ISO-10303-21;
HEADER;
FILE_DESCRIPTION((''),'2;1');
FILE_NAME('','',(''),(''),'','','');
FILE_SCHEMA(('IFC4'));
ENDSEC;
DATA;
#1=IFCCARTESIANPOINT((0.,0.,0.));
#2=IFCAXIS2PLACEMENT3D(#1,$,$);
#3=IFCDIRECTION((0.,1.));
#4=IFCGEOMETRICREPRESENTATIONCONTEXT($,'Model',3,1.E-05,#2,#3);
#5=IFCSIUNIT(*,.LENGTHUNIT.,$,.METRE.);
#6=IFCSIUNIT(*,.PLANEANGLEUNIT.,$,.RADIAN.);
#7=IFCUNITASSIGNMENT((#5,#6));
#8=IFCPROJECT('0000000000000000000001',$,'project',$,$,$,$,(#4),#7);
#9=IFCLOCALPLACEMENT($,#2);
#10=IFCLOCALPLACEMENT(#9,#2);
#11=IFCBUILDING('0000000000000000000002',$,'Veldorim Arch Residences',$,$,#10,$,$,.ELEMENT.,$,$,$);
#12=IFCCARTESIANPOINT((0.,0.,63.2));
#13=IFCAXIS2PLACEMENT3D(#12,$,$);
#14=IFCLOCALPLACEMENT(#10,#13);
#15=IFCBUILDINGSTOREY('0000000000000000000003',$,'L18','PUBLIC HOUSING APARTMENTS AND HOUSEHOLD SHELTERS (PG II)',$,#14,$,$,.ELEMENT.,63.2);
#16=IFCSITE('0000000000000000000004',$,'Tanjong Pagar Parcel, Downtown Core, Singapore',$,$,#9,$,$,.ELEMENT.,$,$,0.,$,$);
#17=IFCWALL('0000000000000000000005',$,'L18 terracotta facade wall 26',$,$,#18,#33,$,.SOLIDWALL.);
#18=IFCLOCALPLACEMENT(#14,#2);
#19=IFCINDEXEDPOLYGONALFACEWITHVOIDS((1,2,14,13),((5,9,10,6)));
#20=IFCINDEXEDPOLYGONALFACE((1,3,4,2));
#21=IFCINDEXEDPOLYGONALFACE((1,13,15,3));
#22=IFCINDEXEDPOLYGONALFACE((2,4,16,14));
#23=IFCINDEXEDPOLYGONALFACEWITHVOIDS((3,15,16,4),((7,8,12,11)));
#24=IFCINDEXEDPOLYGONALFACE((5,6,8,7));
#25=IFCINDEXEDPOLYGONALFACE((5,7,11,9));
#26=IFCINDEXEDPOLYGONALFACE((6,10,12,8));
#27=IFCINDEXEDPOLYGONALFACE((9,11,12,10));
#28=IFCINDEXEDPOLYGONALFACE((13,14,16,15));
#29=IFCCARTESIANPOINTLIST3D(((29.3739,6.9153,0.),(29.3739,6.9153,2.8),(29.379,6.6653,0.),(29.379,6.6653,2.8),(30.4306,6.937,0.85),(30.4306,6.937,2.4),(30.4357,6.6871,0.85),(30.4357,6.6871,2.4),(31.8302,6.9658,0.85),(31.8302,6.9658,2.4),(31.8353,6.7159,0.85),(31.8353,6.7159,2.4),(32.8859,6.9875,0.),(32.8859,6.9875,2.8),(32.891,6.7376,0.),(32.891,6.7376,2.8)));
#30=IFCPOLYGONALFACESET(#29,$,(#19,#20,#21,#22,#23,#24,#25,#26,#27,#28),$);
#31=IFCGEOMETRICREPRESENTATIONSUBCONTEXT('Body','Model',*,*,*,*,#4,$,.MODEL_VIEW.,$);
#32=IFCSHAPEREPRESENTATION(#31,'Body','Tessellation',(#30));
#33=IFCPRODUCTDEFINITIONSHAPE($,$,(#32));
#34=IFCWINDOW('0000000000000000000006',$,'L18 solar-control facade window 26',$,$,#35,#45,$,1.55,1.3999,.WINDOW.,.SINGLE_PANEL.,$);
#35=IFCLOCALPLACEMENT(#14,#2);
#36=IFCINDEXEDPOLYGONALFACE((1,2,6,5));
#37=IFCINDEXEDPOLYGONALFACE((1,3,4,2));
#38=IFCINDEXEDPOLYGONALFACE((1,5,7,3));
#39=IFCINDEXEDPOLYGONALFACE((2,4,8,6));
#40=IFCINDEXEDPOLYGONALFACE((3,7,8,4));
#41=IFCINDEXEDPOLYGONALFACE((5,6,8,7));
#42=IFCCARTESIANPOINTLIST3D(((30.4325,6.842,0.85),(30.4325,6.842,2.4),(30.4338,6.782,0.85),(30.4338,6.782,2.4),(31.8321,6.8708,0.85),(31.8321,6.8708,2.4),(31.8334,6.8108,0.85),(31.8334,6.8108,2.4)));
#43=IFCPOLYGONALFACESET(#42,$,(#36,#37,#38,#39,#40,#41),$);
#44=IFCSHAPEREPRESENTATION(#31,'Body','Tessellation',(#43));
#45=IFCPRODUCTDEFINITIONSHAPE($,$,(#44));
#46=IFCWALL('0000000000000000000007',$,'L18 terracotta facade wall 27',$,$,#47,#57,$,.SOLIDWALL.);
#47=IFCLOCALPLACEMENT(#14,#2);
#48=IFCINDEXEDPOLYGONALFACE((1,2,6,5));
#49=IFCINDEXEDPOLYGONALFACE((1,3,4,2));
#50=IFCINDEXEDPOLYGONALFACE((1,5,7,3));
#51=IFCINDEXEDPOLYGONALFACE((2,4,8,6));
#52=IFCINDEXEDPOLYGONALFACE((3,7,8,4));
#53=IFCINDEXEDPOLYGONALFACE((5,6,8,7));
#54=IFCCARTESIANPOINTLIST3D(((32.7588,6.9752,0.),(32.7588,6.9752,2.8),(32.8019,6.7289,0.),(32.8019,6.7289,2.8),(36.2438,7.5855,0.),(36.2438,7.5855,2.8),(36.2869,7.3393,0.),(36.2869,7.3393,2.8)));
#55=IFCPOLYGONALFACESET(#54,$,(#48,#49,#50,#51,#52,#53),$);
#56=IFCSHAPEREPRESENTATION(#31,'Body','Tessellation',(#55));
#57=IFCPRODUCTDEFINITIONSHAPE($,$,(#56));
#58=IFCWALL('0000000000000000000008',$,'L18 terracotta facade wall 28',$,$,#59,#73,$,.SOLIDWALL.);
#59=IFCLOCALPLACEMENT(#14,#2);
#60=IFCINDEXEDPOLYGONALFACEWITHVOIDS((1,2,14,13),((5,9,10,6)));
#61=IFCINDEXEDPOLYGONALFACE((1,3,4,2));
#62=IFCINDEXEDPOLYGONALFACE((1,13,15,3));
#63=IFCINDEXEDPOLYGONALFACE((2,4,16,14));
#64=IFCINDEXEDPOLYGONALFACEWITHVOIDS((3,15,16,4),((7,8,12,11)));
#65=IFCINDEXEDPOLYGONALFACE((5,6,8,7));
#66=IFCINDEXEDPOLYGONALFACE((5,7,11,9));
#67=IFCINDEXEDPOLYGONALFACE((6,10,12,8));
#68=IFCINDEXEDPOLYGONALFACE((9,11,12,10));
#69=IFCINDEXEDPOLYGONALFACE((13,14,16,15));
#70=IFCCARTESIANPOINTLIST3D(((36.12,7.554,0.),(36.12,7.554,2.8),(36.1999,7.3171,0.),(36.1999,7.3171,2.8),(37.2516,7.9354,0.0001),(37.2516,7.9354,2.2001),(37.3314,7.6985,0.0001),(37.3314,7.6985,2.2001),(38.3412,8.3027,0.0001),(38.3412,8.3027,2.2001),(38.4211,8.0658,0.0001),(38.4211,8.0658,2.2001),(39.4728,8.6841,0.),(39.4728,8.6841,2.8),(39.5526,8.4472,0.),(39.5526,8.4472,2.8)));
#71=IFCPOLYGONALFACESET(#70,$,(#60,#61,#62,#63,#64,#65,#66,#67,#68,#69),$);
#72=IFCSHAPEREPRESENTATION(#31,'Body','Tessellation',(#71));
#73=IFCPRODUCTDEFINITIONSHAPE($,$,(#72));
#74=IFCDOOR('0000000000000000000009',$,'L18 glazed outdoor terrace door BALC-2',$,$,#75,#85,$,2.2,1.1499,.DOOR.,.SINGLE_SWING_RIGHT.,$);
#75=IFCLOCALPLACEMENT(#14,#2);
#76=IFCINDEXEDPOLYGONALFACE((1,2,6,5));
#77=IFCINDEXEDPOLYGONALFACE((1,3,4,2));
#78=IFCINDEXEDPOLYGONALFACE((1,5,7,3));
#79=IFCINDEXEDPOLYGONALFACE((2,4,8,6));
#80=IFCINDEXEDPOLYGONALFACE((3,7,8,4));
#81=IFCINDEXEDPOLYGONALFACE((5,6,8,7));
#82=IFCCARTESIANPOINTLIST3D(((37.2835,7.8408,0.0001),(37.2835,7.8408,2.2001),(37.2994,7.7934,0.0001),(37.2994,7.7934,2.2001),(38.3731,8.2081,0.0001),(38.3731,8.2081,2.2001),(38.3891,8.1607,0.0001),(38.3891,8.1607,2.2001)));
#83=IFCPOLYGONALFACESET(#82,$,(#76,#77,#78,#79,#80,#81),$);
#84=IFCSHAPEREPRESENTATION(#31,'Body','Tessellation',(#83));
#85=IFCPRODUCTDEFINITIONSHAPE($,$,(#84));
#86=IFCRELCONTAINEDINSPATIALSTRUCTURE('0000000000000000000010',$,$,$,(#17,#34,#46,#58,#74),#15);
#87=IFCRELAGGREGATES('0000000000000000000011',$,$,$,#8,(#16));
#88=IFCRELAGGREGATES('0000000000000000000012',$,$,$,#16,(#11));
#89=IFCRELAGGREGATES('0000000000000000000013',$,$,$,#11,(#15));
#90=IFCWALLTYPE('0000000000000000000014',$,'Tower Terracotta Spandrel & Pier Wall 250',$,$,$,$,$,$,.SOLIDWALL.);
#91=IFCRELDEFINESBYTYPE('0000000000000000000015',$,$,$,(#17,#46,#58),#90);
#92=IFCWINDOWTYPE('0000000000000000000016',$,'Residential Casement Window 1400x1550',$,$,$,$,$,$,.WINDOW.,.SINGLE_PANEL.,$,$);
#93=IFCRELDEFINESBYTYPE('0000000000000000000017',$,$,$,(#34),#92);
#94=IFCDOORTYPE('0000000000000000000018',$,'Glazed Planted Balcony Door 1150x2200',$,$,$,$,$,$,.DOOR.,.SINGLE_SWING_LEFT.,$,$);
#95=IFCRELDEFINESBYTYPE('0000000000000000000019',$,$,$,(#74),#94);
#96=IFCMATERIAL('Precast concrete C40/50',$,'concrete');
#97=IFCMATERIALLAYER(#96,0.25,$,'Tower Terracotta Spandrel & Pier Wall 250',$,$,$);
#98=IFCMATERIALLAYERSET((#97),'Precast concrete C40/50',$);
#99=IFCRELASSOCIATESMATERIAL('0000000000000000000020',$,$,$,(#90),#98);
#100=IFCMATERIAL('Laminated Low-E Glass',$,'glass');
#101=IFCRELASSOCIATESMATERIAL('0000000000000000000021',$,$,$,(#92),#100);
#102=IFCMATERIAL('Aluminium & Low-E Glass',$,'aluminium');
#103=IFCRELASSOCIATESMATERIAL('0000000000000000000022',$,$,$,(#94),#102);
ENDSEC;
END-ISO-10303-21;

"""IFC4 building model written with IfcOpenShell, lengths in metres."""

from ifc_helpers import new_model, si_unit, direction, frame, frame_2d, origin, place, context, subcontext, project, spatial, rectangle, extrude, material, layer, layer_set, type_object, element, fill, save


model = new_model("IFC4")

# Units and contexts
model_context = context("Model", 3, precision=1e-05, world=origin(), true_north=direction((0.0, 1.0)))
body_context = subcontext(model_context, "Body", "Model", "MODEL_VIEW")
ifc_project = project(units=[si_unit("LENGTHUNIT", "METRE"), si_unit("PLANEANGLEUNIT", "RADIAN")], contexts=[model_context])

# Site, building, storey
site_placement = place(None, origin())
site = spatial("IfcSite", under=ifc_project, at=site_placement, Name="Tanjong Pagar Parcel, Downtown Core, Singapore", CompositionType="ELEMENT", RefElevation=0.0)
building_placement = place(site_placement, origin())
building = spatial("IfcBuilding", under=site, at=building_placement, Name="Veldorim Arch Residences", CompositionType="ELEMENT")
storey_placement = place(building_placement, frame((0.0, 0.0, 63.2)))
storey = spatial("IfcBuildingStorey", under=building, at=storey_placement, Name="L18", Description="PUBLIC HOUSING APARTMENTS AND HOUSEHOLD SHELTERS (PG II)", CompositionType="ELEMENT", Elevation=63.2)

# Wall, opening, window
ifc_material_1 = material(Name="Precast concrete C40/50", Category="concrete")
ifc_layer_1 = layer(ifc_material_1, 0.25, Name="Tower Terracotta Spandrel & Pier Wall 250")
ifc_layer_set_1 = layer_set([ifc_layer_1], Name="Precast concrete C40/50")
wall_type_1 = type_object("IfcWallType", Name="Tower Terracotta Spandrel & Pier Wall 250", PredefinedType="SOLIDWALL", material=ifc_layer_set_1)
wall_1_placement = place(storey_placement, frame((32.8884, 6.8625, 0.0), z_axis=(0.0, 0.0, 1.0), x_axis=(-0.999788, -0.020573, 0.0)))
wall_1 = element("IfcWall", 1, at=wall_1_placement, inside=storey, type_object=wall_type_1, Name="L18 terracotta facade wall 26", PredefinedType="SOLIDWALL", context=body_context, shape_type="SweptSolid", body=[
    extrude(rectangle(XDim=3.5127, YDim=0.25, at=frame_2d((1.7563, 0.0))), origin(), (0.0, 0.0, 1.0), 2.8),
])
opening_1_placement = place(wall_1_placement, frame((1.0559, 0.0, 0.8501)))
opening_1 = element("IfcOpeningElement", 2, at=opening_1_placement, cuts=wall_1, PredefinedType="OPENING", context=body_context, shape_type="SweptSolid", body=[
    extrude(rectangle(XDim=1.3999, YDim=1.55, at=frame_2d((0.7, 0.7749))), frame((0.0, 0.135, 0.0), z_axis=(0.0, -1.0, 0.0), x_axis=(1.0, 0.0, 0.0)), (0.0, 0.0, 1.0), 0.27),
])
ifc_material_2 = material(Name="Laminated Low-E Glass", Category="glass")
window_type = type_object("IfcWindowType", Name="Residential Casement Window 1400x1550", PartitioningType="SINGLE_PANEL", PredefinedType="WINDOW", material=ifc_material_2)
window_placement = place(opening_1_placement, origin())
window = element("IfcWindow", 3, at=window_placement, inside=storey, type_object=window_type, Name="L18 solar-control facade window 26", OverallHeight=1.55, OverallWidth=1.3999, PartitioningType="SINGLE_PANEL", PredefinedType="WINDOW", context=body_context, shape_type="SweptSolid", body=[
    extrude(rectangle(XDim=1.3999, YDim=1.55, at=frame_2d((0.7, 0.7749))), frame((0.0, 0.03, 0.0), z_axis=(0.0, -1.0, 0.0), x_axis=(1.0, 0.0, 0.0)), (0.0, 0.0, 1.0), 0.0601),
])
fill(opening_1, window)

# Wall
wall_2_placement = place(storey_placement, frame((36.2654, 7.4624, 0.0), z_axis=(0.0, 0.0, 1.0), x_axis=(-0.985008, -0.172506, 0.0)))
element("IfcWall", 4, at=wall_2_placement, inside=storey, type_object=wall_type_1, Name="L18 terracotta facade wall 27", PredefinedType="SOLIDWALL", context=body_context, shape_type="SweptSolid", body=[
    extrude(rectangle(XDim=3.5381, YDim=0.25, at=frame_2d((1.769, 0.0))), origin(), (0.0, 0.0, 1.0), 2.8),
])

# Wall, opening, door
wall_3_placement = place(storey_placement, frame((39.5127, 8.5657, 0.0), z_axis=(0.0, 0.0, 1.0), x_axis=(-0.947615, -0.319414, 0.0)))
wall_3 = element("IfcWall", 5, at=wall_3_placement, inside=storey, type_object=wall_type_1, Name="L18 terracotta facade wall 28", PredefinedType="SOLIDWALL", context=body_context, shape_type="SweptSolid", body=[
    extrude(rectangle(XDim=3.5381, YDim=0.25, at=frame_2d((1.769, 0.0))), origin(), (0.0, 0.0, 1.0), 2.8),
])
opening_2_placement = place(wall_3_placement, frame((1.1941, 0.0, 0.0)))
opening_2 = element("IfcOpeningElement", 6, at=opening_2_placement, cuts=wall_3, PredefinedType="OPENING", context=body_context, shape_type="SweptSolid", body=[
    extrude(rectangle(XDim=1.1499, YDim=2.2, at=frame_2d((0.575, 1.1001))), frame((0.0, 0.135, 0.0), z_axis=(0.0, -1.0, 0.0), x_axis=(1.0, 0.0, 0.0)), (0.0, 0.0, 1.0), 0.27),
])
ifc_material_3 = material(Name="Aluminium & Low-E Glass", Category="aluminium")
door_type = type_object("IfcDoorType", Name="Glazed Planted Balcony Door 1150x2200", OperationType="SINGLE_SWING_LEFT", PredefinedType="DOOR", material=ifc_material_3)
door_placement = place(opening_2_placement, origin())
door = element("IfcDoor", 7, at=door_placement, inside=storey, type_object=door_type, Name="L18 glazed outdoor terrace door BALC-2", OperationType="SINGLE_SWING_RIGHT", OverallHeight=2.2, OverallWidth=1.1499, PredefinedType="DOOR", context=body_context, shape_type="SweptSolid", body=[
    extrude(rectangle(XDim=1.1499, YDim=2.2, at=frame_2d((0.575, 1.1001))), frame((0.0, 0.0249, 0.0), z_axis=(0.0, -1.0, 0.0), x_axis=(1.0, 0.0, 0.0)), (0.0, 0.0, 1.0), 0.05),
])
fill(opening_2, door)

save(model, "model.ifc")
